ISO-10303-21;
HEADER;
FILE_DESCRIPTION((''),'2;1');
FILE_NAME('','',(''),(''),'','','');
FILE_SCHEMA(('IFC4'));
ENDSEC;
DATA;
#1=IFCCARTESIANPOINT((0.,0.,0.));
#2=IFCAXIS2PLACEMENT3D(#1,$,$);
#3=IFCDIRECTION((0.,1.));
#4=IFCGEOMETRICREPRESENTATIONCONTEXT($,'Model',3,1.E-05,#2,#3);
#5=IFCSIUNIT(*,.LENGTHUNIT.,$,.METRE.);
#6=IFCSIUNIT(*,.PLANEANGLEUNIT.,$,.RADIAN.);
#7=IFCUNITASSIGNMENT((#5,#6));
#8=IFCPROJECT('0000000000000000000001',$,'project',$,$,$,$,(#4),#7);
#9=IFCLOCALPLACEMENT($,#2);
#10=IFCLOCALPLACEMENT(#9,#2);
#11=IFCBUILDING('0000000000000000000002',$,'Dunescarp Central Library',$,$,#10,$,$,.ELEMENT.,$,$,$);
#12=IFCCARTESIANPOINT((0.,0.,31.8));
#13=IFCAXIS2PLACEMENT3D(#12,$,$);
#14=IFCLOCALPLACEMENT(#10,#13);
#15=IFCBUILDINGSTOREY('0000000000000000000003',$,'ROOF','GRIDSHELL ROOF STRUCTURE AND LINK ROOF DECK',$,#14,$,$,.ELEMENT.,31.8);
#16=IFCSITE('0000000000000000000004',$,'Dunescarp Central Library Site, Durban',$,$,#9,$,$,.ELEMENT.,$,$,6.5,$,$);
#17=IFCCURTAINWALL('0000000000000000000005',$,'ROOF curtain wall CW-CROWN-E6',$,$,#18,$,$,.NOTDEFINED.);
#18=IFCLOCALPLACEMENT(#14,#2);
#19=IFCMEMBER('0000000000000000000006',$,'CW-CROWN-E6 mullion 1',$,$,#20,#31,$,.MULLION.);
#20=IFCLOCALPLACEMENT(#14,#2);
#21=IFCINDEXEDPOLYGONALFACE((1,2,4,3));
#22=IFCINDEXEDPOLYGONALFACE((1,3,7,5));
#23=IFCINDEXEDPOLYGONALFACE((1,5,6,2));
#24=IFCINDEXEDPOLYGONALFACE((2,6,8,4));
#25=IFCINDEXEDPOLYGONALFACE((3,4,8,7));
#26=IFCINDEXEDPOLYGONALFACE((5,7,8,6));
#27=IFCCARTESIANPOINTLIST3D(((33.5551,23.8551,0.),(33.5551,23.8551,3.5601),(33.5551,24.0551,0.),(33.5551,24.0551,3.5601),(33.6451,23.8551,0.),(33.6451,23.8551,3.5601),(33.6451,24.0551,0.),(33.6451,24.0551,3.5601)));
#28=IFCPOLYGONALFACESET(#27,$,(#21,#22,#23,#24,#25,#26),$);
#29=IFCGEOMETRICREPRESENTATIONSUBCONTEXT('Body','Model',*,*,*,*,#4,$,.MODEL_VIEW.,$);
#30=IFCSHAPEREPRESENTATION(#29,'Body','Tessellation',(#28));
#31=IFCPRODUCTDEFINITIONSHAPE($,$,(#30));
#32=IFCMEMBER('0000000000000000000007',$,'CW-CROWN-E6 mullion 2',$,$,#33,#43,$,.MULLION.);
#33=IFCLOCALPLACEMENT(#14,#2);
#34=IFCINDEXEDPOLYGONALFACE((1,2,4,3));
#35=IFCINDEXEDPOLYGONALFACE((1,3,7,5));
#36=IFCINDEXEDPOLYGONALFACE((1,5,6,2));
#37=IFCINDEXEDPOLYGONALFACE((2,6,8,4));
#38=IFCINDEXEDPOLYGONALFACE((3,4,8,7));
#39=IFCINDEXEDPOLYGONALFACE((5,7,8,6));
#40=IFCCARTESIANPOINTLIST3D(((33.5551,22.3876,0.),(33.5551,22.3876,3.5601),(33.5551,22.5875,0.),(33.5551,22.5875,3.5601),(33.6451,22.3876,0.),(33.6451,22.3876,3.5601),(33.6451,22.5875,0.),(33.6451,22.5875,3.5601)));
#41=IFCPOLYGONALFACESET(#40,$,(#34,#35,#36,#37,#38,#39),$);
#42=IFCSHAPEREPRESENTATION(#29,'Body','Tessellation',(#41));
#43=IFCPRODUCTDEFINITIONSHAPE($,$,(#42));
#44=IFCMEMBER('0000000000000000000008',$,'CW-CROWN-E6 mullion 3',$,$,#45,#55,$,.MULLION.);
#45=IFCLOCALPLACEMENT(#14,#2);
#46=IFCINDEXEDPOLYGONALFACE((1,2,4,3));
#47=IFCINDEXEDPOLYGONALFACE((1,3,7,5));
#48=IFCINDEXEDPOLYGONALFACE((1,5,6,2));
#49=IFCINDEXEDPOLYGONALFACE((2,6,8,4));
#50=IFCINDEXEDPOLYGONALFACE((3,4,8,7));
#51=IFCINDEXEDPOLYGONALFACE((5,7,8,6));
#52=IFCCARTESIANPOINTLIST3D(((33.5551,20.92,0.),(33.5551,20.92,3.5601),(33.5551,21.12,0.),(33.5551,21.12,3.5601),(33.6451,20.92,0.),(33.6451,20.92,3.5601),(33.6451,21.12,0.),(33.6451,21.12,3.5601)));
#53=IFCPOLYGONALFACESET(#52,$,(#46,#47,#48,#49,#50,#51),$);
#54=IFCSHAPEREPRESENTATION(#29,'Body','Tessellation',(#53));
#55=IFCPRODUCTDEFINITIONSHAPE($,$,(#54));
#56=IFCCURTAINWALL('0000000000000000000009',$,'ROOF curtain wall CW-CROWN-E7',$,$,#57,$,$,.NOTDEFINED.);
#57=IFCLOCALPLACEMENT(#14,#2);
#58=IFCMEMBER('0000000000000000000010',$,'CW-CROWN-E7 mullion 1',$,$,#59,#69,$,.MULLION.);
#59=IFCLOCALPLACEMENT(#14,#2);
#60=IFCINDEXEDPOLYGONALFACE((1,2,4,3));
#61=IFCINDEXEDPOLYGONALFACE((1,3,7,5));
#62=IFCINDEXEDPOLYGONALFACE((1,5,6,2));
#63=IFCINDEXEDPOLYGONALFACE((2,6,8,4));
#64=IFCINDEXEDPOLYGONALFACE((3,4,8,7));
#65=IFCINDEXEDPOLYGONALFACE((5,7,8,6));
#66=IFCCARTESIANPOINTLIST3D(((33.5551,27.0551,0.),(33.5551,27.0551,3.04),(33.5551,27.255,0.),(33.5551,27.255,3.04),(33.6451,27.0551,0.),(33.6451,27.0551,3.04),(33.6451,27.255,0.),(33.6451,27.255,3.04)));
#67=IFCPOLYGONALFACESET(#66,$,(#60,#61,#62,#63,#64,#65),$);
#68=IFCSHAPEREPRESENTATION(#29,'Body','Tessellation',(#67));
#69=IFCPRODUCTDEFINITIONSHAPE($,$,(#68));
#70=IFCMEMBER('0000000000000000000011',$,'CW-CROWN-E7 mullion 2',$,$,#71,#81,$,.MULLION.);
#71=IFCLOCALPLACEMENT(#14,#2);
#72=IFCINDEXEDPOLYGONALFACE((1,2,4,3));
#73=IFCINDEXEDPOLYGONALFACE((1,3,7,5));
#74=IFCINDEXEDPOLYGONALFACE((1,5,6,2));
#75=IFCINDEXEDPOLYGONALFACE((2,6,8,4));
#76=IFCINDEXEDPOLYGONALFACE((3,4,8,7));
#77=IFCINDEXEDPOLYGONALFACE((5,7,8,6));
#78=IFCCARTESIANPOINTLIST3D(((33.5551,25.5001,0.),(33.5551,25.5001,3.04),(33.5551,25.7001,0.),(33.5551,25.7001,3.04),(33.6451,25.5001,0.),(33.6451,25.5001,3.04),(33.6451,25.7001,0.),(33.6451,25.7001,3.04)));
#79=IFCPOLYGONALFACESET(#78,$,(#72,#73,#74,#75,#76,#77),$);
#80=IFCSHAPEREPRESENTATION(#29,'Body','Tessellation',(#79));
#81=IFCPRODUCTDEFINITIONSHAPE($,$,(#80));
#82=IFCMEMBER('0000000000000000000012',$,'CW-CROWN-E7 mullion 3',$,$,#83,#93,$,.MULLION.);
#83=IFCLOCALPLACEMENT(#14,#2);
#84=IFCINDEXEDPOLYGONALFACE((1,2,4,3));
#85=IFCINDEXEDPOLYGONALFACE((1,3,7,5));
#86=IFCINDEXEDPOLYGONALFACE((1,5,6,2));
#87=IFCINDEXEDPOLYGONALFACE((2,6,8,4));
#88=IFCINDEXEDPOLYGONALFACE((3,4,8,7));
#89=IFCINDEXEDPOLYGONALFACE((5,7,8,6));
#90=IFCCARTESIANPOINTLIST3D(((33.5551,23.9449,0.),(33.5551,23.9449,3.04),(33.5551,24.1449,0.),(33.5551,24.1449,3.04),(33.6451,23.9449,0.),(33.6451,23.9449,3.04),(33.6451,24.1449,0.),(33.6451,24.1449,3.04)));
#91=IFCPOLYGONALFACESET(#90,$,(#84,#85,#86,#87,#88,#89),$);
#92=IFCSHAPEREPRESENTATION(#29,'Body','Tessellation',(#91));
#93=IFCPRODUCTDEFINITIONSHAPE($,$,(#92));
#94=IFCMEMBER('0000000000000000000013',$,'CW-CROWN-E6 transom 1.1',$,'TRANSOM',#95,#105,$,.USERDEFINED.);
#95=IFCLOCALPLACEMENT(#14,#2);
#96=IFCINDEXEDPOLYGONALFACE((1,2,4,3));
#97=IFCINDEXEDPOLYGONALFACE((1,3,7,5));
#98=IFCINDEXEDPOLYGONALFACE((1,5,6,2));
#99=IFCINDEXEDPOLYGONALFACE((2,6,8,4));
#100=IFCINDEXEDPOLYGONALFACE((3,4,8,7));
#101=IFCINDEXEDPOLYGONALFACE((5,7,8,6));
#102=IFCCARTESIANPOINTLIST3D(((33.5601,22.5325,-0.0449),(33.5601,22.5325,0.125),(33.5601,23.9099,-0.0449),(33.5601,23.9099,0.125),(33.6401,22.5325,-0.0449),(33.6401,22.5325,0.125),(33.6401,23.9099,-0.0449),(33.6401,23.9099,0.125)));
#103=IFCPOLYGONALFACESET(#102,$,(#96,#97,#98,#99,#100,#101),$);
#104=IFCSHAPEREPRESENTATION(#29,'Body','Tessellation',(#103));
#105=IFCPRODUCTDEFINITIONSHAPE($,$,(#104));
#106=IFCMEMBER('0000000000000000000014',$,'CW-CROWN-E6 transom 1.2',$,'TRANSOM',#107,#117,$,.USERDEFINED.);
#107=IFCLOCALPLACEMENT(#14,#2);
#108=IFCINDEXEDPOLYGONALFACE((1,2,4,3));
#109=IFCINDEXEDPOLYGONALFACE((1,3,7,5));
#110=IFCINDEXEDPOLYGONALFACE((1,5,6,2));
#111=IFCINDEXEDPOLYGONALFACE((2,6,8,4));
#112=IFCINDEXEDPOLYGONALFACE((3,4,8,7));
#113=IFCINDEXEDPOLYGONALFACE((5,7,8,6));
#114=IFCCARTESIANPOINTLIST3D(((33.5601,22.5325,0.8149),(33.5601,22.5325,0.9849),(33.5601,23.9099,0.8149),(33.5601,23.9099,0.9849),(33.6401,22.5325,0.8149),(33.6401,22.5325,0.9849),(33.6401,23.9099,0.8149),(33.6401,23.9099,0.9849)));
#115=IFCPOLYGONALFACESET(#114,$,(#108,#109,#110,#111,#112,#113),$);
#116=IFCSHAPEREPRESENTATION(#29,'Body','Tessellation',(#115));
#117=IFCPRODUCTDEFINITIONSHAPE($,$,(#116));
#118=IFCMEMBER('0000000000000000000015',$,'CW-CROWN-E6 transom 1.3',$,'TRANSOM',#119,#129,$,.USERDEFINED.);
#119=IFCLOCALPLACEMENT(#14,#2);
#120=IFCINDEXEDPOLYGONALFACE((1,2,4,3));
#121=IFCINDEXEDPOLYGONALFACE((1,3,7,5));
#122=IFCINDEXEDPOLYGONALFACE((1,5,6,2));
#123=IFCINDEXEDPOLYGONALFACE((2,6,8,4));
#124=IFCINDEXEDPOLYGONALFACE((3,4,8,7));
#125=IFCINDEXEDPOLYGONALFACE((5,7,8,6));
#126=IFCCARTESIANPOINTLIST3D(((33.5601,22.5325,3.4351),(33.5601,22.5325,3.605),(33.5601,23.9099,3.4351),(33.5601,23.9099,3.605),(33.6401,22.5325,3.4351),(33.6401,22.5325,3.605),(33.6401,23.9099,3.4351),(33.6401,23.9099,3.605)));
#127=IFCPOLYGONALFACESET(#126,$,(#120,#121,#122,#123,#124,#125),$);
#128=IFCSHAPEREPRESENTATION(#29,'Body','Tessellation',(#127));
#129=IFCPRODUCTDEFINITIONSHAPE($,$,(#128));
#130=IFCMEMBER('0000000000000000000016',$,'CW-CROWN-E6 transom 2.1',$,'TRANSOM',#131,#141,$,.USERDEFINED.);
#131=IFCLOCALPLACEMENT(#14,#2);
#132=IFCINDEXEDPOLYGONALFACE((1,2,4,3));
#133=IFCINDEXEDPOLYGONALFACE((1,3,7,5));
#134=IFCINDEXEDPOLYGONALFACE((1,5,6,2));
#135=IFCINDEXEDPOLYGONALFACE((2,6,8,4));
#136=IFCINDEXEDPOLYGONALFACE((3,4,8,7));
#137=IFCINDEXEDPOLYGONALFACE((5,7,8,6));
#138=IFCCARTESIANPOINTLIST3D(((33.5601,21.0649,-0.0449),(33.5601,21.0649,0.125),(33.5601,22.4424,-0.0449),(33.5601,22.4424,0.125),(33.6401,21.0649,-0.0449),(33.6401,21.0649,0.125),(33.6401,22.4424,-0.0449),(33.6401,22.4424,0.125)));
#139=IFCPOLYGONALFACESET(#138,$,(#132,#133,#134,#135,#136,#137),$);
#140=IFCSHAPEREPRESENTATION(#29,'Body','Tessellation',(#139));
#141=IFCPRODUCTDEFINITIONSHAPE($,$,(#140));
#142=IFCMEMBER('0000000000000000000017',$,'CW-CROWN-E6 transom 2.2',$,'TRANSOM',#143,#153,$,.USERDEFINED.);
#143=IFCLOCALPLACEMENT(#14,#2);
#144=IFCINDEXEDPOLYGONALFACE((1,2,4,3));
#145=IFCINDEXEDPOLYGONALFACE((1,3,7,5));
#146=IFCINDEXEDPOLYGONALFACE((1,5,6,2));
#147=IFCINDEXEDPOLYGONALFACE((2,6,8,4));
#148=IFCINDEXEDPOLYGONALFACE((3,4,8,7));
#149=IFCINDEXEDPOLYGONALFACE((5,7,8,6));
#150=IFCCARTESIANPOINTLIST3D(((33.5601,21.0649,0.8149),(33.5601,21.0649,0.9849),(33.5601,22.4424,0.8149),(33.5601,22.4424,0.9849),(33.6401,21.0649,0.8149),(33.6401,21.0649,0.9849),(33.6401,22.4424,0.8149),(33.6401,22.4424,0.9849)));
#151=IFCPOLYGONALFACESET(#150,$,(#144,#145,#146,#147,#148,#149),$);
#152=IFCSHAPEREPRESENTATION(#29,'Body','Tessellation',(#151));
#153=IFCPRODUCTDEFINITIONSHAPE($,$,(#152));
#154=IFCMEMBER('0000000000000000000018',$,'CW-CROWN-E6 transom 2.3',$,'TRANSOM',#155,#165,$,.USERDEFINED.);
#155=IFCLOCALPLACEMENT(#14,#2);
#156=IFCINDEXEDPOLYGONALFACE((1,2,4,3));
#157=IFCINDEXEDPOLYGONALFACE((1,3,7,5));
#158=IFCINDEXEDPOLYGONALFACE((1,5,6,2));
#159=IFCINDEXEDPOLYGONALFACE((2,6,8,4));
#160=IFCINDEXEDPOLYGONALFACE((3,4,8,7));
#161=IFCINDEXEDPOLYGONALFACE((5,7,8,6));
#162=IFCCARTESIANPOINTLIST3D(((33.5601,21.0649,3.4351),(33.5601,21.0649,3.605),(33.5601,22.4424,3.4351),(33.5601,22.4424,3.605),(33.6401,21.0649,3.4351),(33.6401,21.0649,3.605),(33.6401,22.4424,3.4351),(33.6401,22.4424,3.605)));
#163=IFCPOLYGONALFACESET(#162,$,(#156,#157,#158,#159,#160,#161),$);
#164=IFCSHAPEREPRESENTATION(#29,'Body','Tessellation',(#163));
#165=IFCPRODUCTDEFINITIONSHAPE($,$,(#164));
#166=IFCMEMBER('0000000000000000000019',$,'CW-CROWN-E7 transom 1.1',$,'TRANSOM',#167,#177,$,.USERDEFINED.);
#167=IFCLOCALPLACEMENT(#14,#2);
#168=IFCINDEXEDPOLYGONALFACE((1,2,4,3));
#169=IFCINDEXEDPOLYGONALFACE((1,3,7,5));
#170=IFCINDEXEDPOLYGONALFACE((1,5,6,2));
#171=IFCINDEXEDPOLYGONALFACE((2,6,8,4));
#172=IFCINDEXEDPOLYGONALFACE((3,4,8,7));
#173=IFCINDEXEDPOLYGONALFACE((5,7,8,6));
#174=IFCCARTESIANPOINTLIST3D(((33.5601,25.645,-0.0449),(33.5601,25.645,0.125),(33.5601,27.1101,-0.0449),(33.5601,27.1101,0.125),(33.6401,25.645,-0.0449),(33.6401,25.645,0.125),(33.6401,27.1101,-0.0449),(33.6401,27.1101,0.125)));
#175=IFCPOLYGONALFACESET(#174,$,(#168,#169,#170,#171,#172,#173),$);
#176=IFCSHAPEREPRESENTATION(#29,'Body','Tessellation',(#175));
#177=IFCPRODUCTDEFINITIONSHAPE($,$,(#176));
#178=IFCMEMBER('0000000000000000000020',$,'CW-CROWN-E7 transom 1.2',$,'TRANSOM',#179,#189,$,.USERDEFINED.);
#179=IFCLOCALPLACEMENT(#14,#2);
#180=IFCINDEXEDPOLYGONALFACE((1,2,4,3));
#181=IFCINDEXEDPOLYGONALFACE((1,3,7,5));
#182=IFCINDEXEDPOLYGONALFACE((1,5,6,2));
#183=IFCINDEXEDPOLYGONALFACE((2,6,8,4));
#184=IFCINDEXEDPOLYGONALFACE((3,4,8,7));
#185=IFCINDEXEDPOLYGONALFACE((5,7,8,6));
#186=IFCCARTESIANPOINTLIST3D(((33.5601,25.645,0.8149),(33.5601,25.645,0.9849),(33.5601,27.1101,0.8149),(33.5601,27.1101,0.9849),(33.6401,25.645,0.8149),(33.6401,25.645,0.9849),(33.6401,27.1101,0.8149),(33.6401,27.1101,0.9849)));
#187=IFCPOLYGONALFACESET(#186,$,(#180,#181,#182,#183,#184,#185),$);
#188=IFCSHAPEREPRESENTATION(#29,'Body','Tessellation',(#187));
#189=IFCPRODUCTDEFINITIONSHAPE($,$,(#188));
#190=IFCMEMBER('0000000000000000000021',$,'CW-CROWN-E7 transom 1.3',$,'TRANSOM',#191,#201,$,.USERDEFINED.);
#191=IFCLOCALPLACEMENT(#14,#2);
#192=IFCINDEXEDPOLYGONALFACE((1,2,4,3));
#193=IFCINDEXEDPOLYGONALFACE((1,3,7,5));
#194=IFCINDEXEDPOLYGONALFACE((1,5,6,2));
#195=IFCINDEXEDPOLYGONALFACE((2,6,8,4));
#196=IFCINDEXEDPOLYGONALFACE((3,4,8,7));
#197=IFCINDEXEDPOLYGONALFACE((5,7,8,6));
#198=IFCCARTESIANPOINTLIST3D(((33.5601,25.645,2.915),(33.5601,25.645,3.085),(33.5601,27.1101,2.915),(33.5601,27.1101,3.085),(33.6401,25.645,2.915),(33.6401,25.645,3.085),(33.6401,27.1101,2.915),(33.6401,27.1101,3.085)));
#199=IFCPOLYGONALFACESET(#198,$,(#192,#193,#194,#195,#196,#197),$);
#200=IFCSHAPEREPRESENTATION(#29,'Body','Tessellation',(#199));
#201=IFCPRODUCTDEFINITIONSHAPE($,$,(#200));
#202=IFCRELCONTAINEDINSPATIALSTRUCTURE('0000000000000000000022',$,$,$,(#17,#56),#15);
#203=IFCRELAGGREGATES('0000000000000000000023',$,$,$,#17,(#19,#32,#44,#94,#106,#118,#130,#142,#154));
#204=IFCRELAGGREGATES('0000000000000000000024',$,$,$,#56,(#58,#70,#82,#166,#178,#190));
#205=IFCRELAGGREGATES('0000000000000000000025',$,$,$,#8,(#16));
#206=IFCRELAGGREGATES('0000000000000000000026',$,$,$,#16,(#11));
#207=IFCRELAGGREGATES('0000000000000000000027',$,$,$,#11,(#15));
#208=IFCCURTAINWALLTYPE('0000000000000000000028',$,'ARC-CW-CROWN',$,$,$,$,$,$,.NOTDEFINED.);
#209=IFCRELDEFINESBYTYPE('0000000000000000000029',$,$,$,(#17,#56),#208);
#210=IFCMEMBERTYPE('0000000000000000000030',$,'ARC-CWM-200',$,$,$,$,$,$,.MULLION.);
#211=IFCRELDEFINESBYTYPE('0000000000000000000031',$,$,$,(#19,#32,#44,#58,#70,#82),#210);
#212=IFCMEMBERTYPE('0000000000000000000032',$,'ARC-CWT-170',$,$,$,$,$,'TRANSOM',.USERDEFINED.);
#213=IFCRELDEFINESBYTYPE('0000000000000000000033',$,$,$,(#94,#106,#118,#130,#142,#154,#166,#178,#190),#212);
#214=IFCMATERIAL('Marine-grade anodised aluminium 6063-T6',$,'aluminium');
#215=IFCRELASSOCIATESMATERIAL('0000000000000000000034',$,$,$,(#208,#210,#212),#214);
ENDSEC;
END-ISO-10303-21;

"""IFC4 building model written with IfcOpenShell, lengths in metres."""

from ifc_helpers import new_model, si_unit, direction, frame, origin, origin_2d, place, context, subcontext, project, spatial, rectangle, extrude, material, material_profile, profile_set, type_object, element, aggregate, save


model = new_model("IFC4")

# Units and contexts
model_context = context("Model", 3, precision=1e-05, world=origin(), true_north=direction((0.0, 1.0)))
body_context = subcontext(model_context, "Body", "Model", "MODEL_VIEW")
ifc_project = project(units=[si_unit("LENGTHUNIT", "METRE"), si_unit("PLANEANGLEUNIT", "RADIAN")], contexts=[model_context])

# Site, building, storey
site_placement = place(None, origin())
site = spatial("IfcSite", under=ifc_project, at=site_placement, Name="Dunescarp Central Library Site, Durban", CompositionType="ELEMENT", RefElevation=6.5)
building_placement = place(site_placement, origin())
building = spatial("IfcBuilding", under=site, at=building_placement, Name="Dunescarp Central Library", CompositionType="ELEMENT")
storey_placement = place(building_placement, frame((0.0, 0.0, 31.8)))
storey = spatial("IfcBuildingStorey", under=building, at=storey_placement, Name="ROOF", Description="GRIDSHELL ROOF STRUCTURE AND LINK ROOF DECK", CompositionType="ELEMENT", Elevation=31.8)

# Curtain walls, members
ifc_material_1 = material(Name="Marine-grade anodised aluminium 6063-T6", Category="aluminium")
curtain_wall_type = type_object("IfcCurtainWallType", Name="ARC-CW-CROWN", PredefinedType="NOTDEFINED", material=ifc_material_1)
curtain_wall_1_placement = place(storey_placement, origin())
curtain_wall_1 = element("IfcCurtainWall", 1, at=curtain_wall_1_placement, inside=storey, type_object=curtain_wall_type, Name="ROOF curtain wall CW-CROWN-E6", PredefinedType="NOTDEFINED")
ifc_material_profile_1 = material_profile(ifc_material_1, rectangle(XDim=0.0901, YDim=0.2, at=origin_2d()), Name="AL 90x200")
ifc_profile_set_1 = profile_set([ifc_material_profile_1], Name="Marine-grade anodised aluminium 6063-T6")
member_type_1 = type_object("IfcMemberType", Name="ARC-CWM-200", PredefinedType="MULLION", material=ifc_profile_set_1)
member_1_placement = place(storey_placement, frame((33.6001, 23.9551, 0.0), z_axis=(0.0, 0.0, 1.0), x_axis=(1.0, 0.0, 0.0)))
member_1 = element("IfcMember", 2, at=member_1_placement, type_object=member_type_1, Name="CW-CROWN-E6 mullion 1", PredefinedType="MULLION", context=body_context, shape_type="SweptSolid", body=[
    extrude(rectangle(XDim=0.0901, YDim=0.2, at=origin_2d()), origin(), (0.0, 0.0, 1.0), 3.5601),
])
member_2_placement = place(storey_placement, frame((33.6001, 22.4875, 0.0), z_axis=(0.0, 0.0, 1.0), x_axis=(1.0, 0.0, 0.0)))
member_2 = element("IfcMember", 3, at=member_2_placement, type_object=member_type_1, Name="CW-CROWN-E6 mullion 2", PredefinedType="MULLION", context=body_context, shape_type="SweptSolid", body=[
    extrude(rectangle(XDim=0.0901, YDim=0.2, at=origin_2d()), origin(), (0.0, 0.0, 1.0), 3.5601),
])
member_3_placement = place(storey_placement, frame((33.6001, 21.02, 0.0), z_axis=(0.0, 0.0, 1.0), x_axis=(1.0, 0.0, 0.0)))
member_3 = element("IfcMember", 4, at=member_3_placement, type_object=member_type_1, Name="CW-CROWN-E6 mullion 3", PredefinedType="MULLION", context=body_context, shape_type="SweptSolid", body=[
    extrude(rectangle(XDim=0.0901, YDim=0.2, at=origin_2d()), origin(), (0.0, 0.0, 1.0), 3.5601),
])
curtain_wall_2_placement = place(storey_placement, origin())
curtain_wall_2 = element("IfcCurtainWall", 5, at=curtain_wall_2_placement, inside=storey, type_object=curtain_wall_type, Name="ROOF curtain wall CW-CROWN-E7", PredefinedType="NOTDEFINED")
member_4_placement = place(storey_placement, frame((33.6001, 27.155, 0.0), z_axis=(0.0, 0.0, 1.0), x_axis=(1.0, 0.0, 0.0)))
member_4 = element("IfcMember", 6, at=member_4_placement, type_object=member_type_1, Name="CW-CROWN-E7 mullion 1", PredefinedType="MULLION", context=body_context, shape_type="SweptSolid", body=[
    extrude(rectangle(XDim=0.0901, YDim=0.2, at=origin_2d()), origin(), (0.0, 0.0, 1.0), 3.04),
])
member_5_placement = place(storey_placement, frame((33.6001, 25.6001, 0.0), z_axis=(0.0, 0.0, 1.0), x_axis=(1.0, 0.0, 0.0)))
member_5 = element("IfcMember", 7, at=member_5_placement, type_object=member_type_1, Name="CW-CROWN-E7 mullion 2", PredefinedType="MULLION", context=body_context, shape_type="SweptSolid", body=[
    extrude(rectangle(XDim=0.0901, YDim=0.2, at=origin_2d()), origin(), (0.0, 0.0, 1.0), 3.04),
])
member_6_placement = place(storey_placement, frame((33.6001, 24.0449, 0.0), z_axis=(0.0, 0.0, 1.0), x_axis=(1.0, 0.0, 0.0)))
member_6 = element("IfcMember", 8, at=member_6_placement, type_object=member_type_1, Name="CW-CROWN-E7 mullion 3", PredefinedType="MULLION", context=body_context, shape_type="SweptSolid", body=[
    extrude(rectangle(XDim=0.0901, YDim=0.2, at=origin_2d()), origin(), (0.0, 0.0, 1.0), 3.04),
])

# Members
ifc_material_profile_2 = material_profile(ifc_material_1, rectangle(XDim=0.0801, YDim=0.1699, at=origin_2d()), Name="AL 80x170")
ifc_profile_set_2 = profile_set([ifc_material_profile_2], Name="Marine-grade anodised aluminium 6063-T6")
member_type_2 = type_object("IfcMemberType", Name="ARC-CWT-170", ElementType="TRANSOM", PredefinedType="USERDEFINED", material=ifc_profile_set_2)
member_7_placement = place(storey_placement, frame((33.6001, 23.9099, 0.04), z_axis=(0.0, -1.0, 0.0), x_axis=(1.0, 0.0, 0.0)))
member_7 = element("IfcMember", 9, at=member_7_placement, type_object=member_type_2, Name="CW-CROWN-E6 transom 1.1", ObjectType="TRANSOM", PredefinedType="USERDEFINED", context=body_context, shape_type="SweptSolid", body=[
    extrude(rectangle(XDim=0.0801, YDim=0.1699, at=origin_2d()), origin(), (0.0, 0.0, 1.0), 1.3774),
])
member_8_placement = place(storey_placement, frame((33.6001, 23.9099, 0.8999), z_axis=(0.0, -1.0, 0.0), x_axis=(1.0, 0.0, 0.0)))
member_8 = element("IfcMember", 10, at=member_8_placement, type_object=member_type_2, Name="CW-CROWN-E6 transom 1.2", ObjectType="TRANSOM", PredefinedType="USERDEFINED", context=body_context, shape_type="SweptSolid", body=[
    extrude(rectangle(XDim=0.0801, YDim=0.1699, at=origin_2d()), origin(), (0.0, 0.0, 1.0), 1.3774),
])
member_9_placement = place(storey_placement, frame((33.6001, 23.9099, 3.52), z_axis=(0.0, -1.0, 0.0), x_axis=(1.0, 0.0, 0.0)))
member_9 = element("IfcMember", 11, at=member_9_placement, type_object=member_type_2, Name="CW-CROWN-E6 transom 1.3", ObjectType="TRANSOM", PredefinedType="USERDEFINED", context=body_context, shape_type="SweptSolid", body=[
    extrude(rectangle(XDim=0.0801, YDim=0.1699, at=origin_2d()), origin(), (0.0, 0.0, 1.0), 1.3774),
])
member_10_placement = place(storey_placement, frame((33.6001, 22.4424, 0.04), z_axis=(0.0, -1.0, 0.0), x_axis=(1.0, 0.0, 0.0)))
member_10 = element("IfcMember", 12, at=member_10_placement, type_object=member_type_2, Name="CW-CROWN-E6 transom 2.1", ObjectType="TRANSOM", PredefinedType="USERDEFINED", context=body_context, shape_type="SweptSolid", body=[
    extrude(rectangle(XDim=0.0801, YDim=0.1699, at=origin_2d()), origin(), (0.0, 0.0, 1.0), 1.3774),
])
member_11_placement = place(storey_placement, frame((33.6001, 22.4424, 0.8999), z_axis=(0.0, -1.0, 0.0), x_axis=(1.0, 0.0, 0.0)))
member_11 = element("IfcMember", 13, at=member_11_placement, type_object=member_type_2, Name="CW-CROWN-E6 transom 2.2", ObjectType="TRANSOM", PredefinedType="USERDEFINED", context=body_context, shape_type="SweptSolid", body=[
    extrude(rectangle(XDim=0.0801, YDim=0.1699, at=origin_2d()), origin(), (0.0, 0.0, 1.0), 1.3774),
])
member_12_placement = place(storey_placement, frame((33.6001, 22.4424, 3.52), z_axis=(0.0, -1.0, 0.0), x_axis=(1.0, 0.0, 0.0)))
member_12 = element("IfcMember", 14, at=member_12_placement, type_object=member_type_2, Name="CW-CROWN-E6 transom 2.3", ObjectType="TRANSOM", PredefinedType="USERDEFINED", context=body_context, shape_type="SweptSolid", body=[
    extrude(rectangle(XDim=0.0801, YDim=0.1699, at=origin_2d()), origin(), (0.0, 0.0, 1.0), 1.3774),
])
member_13_placement = place(storey_placement, frame((33.6001, 27.1101, 0.04), z_axis=(0.0, -1.0, 0.0), x_axis=(1.0, 0.0, 0.0)))
member_13 = element("IfcMember", 15, at=member_13_placement, type_object=member_type_2, Name="CW-CROWN-E7 transom 1.1", ObjectType="TRANSOM", PredefinedType="USERDEFINED", context=body_context, shape_type="SweptSolid", body=[
    extrude(rectangle(XDim=0.0801, YDim=0.1699, at=origin_2d()), origin(), (0.0, 0.0, 1.0), 1.4651),
])
member_14_placement = place(storey_placement, frame((33.6001, 27.1101, 0.8999), z_axis=(0.0, -1.0, 0.0), x_axis=(1.0, 0.0, 0.0)))
member_14 = element("IfcMember", 16, at=member_14_placement, type_object=member_type_2, Name="CW-CROWN-E7 transom 1.2", ObjectType="TRANSOM", PredefinedType="USERDEFINED", context=body_context, shape_type="SweptSolid", body=[
    extrude(rectangle(XDim=0.0801, YDim=0.1699, at=origin_2d()), origin(), (0.0, 0.0, 1.0), 1.4651),
])
member_15_placement = place(storey_placement, frame((33.6001, 27.1101, 3.0), z_axis=(0.0, -1.0, 0.0), x_axis=(1.0, 0.0, 0.0)))
member_15 = element("IfcMember", 17, at=member_15_placement, type_object=member_type_2, Name="CW-CROWN-E7 transom 1.3", ObjectType="TRANSOM", PredefinedType="USERDEFINED", context=body_context, shape_type="SweptSolid", body=[
    extrude(rectangle(XDim=0.0801, YDim=0.1699, at=origin_2d()), origin(), (0.0, 0.0, 1.0), 1.4651),
])

aggregate(curtain_wall_1, [member_1, member_2, member_3, member_7, member_8, member_9, member_10, member_11, member_12])
aggregate(curtain_wall_2, [member_4, member_5, member_6, member_13, member_14, member_15])

save(model, "model.ifc")
